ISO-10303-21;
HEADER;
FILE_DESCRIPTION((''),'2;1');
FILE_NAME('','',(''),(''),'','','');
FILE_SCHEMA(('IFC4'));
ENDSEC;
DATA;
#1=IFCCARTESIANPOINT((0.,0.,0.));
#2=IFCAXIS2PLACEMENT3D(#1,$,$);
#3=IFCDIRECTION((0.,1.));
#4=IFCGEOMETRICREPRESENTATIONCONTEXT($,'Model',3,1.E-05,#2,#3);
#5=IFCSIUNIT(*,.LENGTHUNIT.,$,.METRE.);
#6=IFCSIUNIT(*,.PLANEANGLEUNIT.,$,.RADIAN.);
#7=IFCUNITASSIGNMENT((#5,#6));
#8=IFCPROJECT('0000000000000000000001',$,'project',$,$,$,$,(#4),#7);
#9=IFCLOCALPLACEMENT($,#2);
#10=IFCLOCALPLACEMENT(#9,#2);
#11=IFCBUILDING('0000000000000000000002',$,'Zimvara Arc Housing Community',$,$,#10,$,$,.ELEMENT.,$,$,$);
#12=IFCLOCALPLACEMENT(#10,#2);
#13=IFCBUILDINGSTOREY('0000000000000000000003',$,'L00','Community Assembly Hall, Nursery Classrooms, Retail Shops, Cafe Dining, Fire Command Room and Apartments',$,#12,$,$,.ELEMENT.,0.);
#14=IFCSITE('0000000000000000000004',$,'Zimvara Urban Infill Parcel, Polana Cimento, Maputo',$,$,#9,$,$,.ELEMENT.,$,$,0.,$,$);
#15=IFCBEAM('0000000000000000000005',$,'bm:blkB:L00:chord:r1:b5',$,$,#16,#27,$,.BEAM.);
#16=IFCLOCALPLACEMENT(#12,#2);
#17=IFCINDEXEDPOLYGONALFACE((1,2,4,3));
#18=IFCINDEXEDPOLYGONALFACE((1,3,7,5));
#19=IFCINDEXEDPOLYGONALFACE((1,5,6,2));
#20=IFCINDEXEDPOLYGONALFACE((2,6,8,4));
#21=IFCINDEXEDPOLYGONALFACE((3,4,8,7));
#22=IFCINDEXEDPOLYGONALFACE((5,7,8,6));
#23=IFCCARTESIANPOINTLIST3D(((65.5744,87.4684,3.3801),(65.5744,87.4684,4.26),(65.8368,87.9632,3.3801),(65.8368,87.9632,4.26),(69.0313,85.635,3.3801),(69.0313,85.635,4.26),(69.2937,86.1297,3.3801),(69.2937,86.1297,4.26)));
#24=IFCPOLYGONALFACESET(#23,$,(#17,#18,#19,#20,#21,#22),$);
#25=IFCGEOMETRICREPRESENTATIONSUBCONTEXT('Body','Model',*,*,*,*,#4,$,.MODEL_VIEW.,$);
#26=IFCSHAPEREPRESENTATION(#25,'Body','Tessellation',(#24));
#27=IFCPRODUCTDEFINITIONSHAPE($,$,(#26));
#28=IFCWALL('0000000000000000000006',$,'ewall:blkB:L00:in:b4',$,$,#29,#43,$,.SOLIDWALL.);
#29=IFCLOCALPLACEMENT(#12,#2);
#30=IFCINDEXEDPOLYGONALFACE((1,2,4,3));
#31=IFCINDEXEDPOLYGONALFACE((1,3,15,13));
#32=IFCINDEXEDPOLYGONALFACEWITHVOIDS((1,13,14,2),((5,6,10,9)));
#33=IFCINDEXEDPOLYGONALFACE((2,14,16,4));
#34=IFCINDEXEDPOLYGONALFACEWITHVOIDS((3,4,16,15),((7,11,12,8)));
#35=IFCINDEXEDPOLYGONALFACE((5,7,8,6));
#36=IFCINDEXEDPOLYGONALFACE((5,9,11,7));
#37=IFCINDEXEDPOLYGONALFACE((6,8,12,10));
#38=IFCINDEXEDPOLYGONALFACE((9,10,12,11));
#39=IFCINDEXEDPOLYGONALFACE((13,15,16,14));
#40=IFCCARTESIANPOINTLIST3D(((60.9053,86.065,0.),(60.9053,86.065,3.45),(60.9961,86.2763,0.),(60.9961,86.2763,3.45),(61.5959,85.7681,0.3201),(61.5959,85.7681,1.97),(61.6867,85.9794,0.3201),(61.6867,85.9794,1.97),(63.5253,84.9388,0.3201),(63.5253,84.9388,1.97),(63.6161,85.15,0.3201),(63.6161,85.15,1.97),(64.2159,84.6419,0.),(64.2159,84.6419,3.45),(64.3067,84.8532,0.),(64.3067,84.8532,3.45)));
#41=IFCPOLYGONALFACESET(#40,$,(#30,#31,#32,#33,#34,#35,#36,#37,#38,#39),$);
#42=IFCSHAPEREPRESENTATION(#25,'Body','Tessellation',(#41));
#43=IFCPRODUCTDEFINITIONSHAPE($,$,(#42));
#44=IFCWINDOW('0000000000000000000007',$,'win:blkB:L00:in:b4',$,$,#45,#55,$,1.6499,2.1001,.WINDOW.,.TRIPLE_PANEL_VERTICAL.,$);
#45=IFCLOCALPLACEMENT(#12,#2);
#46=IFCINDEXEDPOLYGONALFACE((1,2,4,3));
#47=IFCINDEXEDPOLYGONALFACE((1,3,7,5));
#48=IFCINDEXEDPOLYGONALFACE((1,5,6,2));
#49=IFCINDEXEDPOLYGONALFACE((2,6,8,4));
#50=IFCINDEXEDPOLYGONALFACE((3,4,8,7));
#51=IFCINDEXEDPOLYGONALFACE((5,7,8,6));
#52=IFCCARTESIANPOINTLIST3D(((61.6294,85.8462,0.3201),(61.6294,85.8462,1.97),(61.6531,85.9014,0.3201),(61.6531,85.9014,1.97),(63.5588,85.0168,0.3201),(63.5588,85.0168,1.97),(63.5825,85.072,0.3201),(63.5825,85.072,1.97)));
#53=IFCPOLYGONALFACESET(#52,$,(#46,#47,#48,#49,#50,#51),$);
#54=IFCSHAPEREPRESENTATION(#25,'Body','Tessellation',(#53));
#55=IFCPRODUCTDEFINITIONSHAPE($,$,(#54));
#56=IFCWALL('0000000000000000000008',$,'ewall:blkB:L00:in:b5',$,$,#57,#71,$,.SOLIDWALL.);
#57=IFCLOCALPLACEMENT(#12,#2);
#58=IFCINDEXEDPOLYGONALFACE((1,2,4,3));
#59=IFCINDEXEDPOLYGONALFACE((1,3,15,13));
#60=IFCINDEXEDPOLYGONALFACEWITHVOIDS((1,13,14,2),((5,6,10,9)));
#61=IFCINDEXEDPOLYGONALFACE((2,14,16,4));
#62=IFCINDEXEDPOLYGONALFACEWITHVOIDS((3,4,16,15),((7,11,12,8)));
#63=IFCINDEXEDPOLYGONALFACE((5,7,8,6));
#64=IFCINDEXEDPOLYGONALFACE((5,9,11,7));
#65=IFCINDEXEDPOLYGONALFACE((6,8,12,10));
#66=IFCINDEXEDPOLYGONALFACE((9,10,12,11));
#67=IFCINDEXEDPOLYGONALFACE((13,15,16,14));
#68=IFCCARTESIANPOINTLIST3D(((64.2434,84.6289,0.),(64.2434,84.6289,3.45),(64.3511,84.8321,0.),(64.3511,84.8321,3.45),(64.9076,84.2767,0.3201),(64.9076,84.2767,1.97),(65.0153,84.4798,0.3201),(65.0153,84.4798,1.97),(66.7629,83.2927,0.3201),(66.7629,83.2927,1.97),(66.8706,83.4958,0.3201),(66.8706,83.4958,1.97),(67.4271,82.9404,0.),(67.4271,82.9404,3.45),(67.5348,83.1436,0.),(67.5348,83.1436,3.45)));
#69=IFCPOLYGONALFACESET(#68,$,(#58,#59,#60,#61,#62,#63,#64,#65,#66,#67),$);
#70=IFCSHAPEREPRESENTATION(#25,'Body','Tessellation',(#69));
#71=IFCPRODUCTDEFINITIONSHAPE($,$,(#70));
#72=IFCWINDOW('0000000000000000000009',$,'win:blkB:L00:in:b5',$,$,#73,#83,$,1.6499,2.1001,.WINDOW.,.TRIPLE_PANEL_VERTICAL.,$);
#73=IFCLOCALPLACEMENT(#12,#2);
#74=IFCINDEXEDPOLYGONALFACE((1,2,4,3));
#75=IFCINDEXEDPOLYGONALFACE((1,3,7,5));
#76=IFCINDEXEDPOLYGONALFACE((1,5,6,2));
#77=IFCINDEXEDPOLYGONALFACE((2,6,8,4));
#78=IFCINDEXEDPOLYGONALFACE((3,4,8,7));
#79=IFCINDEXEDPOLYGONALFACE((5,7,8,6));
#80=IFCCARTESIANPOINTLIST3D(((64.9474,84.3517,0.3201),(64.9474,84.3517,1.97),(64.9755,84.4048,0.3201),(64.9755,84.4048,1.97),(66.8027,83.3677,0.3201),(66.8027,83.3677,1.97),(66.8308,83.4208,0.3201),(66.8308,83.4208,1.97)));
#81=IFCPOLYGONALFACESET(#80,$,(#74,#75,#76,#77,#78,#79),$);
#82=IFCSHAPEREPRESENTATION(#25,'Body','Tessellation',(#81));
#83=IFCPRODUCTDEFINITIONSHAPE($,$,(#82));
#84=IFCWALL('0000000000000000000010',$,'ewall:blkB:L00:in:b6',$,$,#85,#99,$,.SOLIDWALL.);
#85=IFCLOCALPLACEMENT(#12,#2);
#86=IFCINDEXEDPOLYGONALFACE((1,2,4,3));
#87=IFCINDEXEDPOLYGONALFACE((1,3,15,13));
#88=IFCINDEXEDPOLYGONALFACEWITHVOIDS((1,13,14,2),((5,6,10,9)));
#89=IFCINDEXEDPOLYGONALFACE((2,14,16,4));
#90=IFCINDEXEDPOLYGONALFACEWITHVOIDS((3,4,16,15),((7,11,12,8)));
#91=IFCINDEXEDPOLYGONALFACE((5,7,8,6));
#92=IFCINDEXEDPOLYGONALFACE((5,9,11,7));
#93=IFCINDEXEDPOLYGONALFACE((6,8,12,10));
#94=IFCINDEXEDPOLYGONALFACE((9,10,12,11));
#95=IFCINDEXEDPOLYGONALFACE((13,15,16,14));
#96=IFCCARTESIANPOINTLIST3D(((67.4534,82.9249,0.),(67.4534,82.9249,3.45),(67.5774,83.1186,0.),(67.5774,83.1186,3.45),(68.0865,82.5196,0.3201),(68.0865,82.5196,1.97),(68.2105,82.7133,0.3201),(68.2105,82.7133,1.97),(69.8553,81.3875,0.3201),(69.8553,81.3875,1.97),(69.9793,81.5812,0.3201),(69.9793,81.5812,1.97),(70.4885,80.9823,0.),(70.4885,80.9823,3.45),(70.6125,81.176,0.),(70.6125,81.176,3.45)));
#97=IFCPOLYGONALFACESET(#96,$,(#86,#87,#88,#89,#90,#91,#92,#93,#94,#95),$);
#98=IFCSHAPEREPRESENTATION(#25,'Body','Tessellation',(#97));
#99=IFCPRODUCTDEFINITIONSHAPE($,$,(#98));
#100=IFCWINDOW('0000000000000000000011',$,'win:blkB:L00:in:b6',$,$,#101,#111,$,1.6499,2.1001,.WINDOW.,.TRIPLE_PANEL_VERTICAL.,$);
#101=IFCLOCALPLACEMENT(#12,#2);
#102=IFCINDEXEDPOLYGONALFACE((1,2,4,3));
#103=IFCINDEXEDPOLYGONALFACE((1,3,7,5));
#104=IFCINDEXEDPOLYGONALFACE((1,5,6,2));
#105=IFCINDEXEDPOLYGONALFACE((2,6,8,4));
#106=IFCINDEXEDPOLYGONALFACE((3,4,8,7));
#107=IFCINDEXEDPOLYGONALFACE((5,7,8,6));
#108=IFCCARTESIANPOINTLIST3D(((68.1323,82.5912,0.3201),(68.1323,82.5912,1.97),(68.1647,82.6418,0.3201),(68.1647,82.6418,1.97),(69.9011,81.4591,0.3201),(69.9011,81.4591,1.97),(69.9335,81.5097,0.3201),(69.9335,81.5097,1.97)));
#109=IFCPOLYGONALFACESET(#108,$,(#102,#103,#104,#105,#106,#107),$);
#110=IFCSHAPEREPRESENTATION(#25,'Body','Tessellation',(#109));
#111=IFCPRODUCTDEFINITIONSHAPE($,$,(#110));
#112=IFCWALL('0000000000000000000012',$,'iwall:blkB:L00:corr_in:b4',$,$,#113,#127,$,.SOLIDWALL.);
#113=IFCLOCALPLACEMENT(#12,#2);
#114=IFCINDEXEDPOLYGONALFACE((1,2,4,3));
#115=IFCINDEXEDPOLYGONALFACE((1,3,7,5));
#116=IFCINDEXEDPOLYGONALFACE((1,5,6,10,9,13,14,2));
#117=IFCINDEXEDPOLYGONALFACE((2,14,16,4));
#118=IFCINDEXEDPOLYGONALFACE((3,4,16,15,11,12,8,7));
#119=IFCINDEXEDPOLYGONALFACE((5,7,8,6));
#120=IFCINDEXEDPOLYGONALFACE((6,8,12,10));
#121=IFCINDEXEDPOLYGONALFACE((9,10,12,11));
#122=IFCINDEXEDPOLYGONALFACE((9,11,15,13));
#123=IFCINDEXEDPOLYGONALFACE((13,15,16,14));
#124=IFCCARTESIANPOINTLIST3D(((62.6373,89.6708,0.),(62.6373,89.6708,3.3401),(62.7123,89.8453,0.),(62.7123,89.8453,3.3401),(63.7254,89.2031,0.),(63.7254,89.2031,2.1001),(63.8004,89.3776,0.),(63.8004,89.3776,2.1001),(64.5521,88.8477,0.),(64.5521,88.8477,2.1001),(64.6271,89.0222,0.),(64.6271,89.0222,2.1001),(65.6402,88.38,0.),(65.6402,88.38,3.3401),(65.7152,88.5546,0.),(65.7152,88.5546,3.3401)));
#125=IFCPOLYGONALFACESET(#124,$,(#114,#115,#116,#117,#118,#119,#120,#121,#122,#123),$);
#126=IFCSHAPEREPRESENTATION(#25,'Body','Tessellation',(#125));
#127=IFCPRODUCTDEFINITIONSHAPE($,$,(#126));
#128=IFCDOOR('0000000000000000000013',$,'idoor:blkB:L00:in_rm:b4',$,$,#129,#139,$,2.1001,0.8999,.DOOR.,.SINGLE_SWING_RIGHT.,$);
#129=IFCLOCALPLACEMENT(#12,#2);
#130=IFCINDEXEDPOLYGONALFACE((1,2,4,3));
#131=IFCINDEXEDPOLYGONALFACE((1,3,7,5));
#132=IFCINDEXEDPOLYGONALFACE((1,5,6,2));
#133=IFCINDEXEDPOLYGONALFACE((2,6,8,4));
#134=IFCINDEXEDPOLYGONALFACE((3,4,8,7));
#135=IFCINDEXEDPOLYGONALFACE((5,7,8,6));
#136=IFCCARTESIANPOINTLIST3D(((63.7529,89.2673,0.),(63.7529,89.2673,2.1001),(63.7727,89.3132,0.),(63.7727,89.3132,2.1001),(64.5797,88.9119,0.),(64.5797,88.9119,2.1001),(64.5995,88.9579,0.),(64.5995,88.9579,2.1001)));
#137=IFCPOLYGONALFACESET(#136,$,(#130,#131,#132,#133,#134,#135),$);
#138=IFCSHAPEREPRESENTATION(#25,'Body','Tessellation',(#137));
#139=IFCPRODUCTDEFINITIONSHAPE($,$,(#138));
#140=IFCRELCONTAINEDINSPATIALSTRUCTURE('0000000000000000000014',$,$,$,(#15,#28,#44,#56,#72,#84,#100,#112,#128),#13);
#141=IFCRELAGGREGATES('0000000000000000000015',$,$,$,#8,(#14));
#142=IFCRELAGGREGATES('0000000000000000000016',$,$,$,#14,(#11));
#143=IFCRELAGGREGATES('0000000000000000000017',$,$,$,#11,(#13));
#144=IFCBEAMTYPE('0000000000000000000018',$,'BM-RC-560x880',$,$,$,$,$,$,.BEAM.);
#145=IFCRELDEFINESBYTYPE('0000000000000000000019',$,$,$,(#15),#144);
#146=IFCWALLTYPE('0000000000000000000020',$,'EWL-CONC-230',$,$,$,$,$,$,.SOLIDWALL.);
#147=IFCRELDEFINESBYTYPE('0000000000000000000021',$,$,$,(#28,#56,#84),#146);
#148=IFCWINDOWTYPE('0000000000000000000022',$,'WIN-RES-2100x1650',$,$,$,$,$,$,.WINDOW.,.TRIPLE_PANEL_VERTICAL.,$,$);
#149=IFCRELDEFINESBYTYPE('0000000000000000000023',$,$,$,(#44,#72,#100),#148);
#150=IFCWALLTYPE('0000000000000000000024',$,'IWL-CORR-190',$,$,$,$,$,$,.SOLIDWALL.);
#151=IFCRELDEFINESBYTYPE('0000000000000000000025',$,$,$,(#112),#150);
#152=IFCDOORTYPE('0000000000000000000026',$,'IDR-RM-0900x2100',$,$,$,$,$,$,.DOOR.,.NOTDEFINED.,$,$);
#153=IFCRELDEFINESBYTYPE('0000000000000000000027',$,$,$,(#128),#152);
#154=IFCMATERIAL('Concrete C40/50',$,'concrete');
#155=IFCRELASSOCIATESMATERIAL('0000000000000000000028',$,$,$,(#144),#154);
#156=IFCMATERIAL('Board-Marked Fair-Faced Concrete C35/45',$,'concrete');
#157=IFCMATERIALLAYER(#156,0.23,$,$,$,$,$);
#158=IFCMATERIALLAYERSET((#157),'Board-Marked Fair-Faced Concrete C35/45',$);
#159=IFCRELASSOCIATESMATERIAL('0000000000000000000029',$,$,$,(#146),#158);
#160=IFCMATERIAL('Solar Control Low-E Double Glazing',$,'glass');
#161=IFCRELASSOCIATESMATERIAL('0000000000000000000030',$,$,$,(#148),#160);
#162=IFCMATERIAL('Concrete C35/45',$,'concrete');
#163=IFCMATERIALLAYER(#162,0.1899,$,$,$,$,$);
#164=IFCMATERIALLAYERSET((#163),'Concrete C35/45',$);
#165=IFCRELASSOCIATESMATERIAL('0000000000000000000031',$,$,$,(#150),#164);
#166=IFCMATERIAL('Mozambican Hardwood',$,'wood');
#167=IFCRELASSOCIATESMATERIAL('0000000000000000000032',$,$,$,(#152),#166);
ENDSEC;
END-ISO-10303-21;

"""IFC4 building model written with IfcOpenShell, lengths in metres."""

from ifc_helpers import new_model, si_unit, direction, frame, frame_2d, origin, origin_2d, place, context, subcontext, project, spatial, rectangle, extrude, material, layer, layer_set, material_profile, profile_set, type_object, element, fill, save


model = new_model("IFC4")

# Units and contexts
model_context = context("Model", 3, precision=1e-05, world=origin(), true_north=direction((0.0, 1.0)))
body_context = subcontext(model_context, "Body", "Model", "MODEL_VIEW")
ifc_project = project(units=[si_unit("LENGTHUNIT", "METRE"), si_unit("PLANEANGLEUNIT", "RADIAN")], contexts=[model_context])

# Site, building, storey
site_placement = place(None, origin())
site = spatial("IfcSite", under=ifc_project, at=site_placement, Name="Zimvara Urban Infill Parcel, Polana Cimento, Maputo", CompositionType="ELEMENT", RefElevation=0.0)
building_placement = place(site_placement, origin())
building = spatial("IfcBuilding", under=site, at=building_placement, Name="Zimvara Arc Housing Community", CompositionType="ELEMENT")
storey_placement = place(building_placement, origin())
storey = spatial("IfcBuildingStorey", under=building, at=storey_placement, Name="L00", Description="Community Assembly Hall, Nursery Classrooms, Retail Shops, Cafe Dining, Fire Command Room and Apartments", CompositionType="ELEMENT", Elevation=0.0)

# Beam
ifc_material_1 = material(Name="Concrete C40/50", Category="concrete")
ifc_material_profile_1 = material_profile(ifc_material_1, rectangle(XDim=0.5601, YDim=0.8799, at=origin_2d()), Name="RC 560x880")
ifc_profile_set_1 = profile_set([ifc_material_profile_1], Name="Concrete C40/50")
beam_type_1 = type_object("IfcBeamType", Name="BM-RC-560x880", PredefinedType="BEAM", material=ifc_profile_set_1)
for number, where, z_axis, x_axis, name in (
    (1, (65.7056, 87.7158, 3.8201), (0.883439, -0.468547, 0.0), (0.468547, 0.883439, 0.0), "bm:blkB:L00:chord:r1:b5"),
):
    element("IfcBeam", number, at=place(storey_placement, frame(where, z_axis=z_axis, x_axis=x_axis)), inside=storey, type_object=beam_type_1, Name=name, PredefinedType="BEAM", context=body_context, shape_type="SweptSolid", body=[
        extrude(rectangle(XDim=0.5601, YDim=0.8799, at=origin_2d()), origin(), (0.0, 0.0, 1.0), 3.9131),
    ])

# Walls, openings, windows
ifc_material_2 = material(Name="Board-Marked Fair-Faced Concrete C35/45", Category="concrete")
ifc_layer_1 = layer(ifc_material_2, 0.23)
ifc_layer_set_1 = layer_set([ifc_layer_1], Name="Board-Marked Fair-Faced Concrete C35/45")
wall_type_1 = type_object("IfcWallType", Name="EWL-CONC-230", PredefinedType="SOLIDWALL", material=ifc_layer_set_1)
wall_1_placement = place(storey_placement, frame((60.9507, 86.1707, 0.0), z_axis=(0.0, 0.0, 1.0), x_axis=(0.918713, -0.394925, 0.0)))
wall_1 = element("IfcWall", 2, at=wall_1_placement, inside=storey, type_object=wall_type_1, Name="ewall:blkB:L00:in:b4", PredefinedType="SOLIDWALL", context=body_context, shape_type="SweptSolid", body=[
    extrude(rectangle(XDim=3.6035, YDim=0.23, at=frame_2d((1.8018, 0.0))), origin(), (0.0, 0.0, 1.0), 3.45),
])
opening_1_placement = place(wall_1_placement, frame((0.7517, 0.0, 0.3201)))
opening_1 = element("IfcOpeningElement", 3, at=opening_1_placement, cuts=wall_1, PredefinedType="OPENING", context=body_context, shape_type="SweptSolid", body=[
    extrude(rectangle(XDim=2.1001, YDim=1.6499, at=frame_2d((1.05, 0.825))), frame((0.0, 0.125, 0.0), z_axis=(0.0, -1.0, 0.0), x_axis=(1.0, 0.0, 0.0)), (0.0, 0.0, 1.0), 0.25),
])
ifc_material_3 = material(Name="Solar Control Low-E Double Glazing", Category="glass")
window_type = type_object("IfcWindowType", Name="WIN-RES-2100x1650", PartitioningType="TRIPLE_PANEL_VERTICAL", PredefinedType="WINDOW", material=ifc_material_3)
window_1_placement = place(opening_1_placement, origin())
window_1 = element("IfcWindow", 4, at=window_1_placement, inside=storey, type_object=window_type, Name="win:blkB:L00:in:b4", OverallHeight=1.6499, OverallWidth=2.1001, PartitioningType="TRIPLE_PANEL_VERTICAL", PredefinedType="WINDOW", context=body_context, shape_type="SweptSolid", body=[
    extrude(rectangle(XDim=2.1001, YDim=1.6499, at=frame_2d((1.05, 0.825))), frame((0.0, 0.03, 0.0), z_axis=(0.0, -1.0, 0.0), x_axis=(1.0, 0.0, 0.0)), (0.0, 0.0, 1.0), 0.0601),
])
fill(opening_1, window_1)
wall_2_placement = place(storey_placement, frame((64.2974, 84.7305, 0.0), z_axis=(0.0, 0.0, 1.0), x_axis=(0.883438, -0.468547, 0.0)))
wall_2 = element("IfcWall", 5, at=wall_2_placement, inside=storey, type_object=wall_type_1, Name="ewall:blkB:L00:in:b5", PredefinedType="SOLIDWALL", context=body_context, shape_type="SweptSolid", body=[
    extrude(rectangle(XDim=3.6038, YDim=0.23, at=frame_2d((1.8018, 0.0))), origin(), (0.0, 0.0, 1.0), 3.45),
])
opening_2_placement = place(wall_2_placement, frame((0.7517, 0.0, 0.3201)))
opening_2 = element("IfcOpeningElement", 6, at=opening_2_placement, cuts=wall_2, PredefinedType="OPENING", context=body_context, shape_type="SweptSolid", body=[
    extrude(rectangle(XDim=2.1001, YDim=1.6499, at=frame_2d((1.05, 0.825))), frame((0.0, 0.125, 0.0), z_axis=(0.0, -1.0, 0.0), x_axis=(1.0, 0.0, 0.0)), (0.0, 0.0, 1.0), 0.25),
])
window_2_placement = place(opening_2_placement, origin())
window_2 = element("IfcWindow", 7, at=window_2_placement, inside=storey, type_object=window_type, Name="win:blkB:L00:in:b5", OverallHeight=1.6499, OverallWidth=2.1001, PartitioningType="TRIPLE_PANEL_VERTICAL", PredefinedType="WINDOW", context=body_context, shape_type="SweptSolid", body=[
    extrude(rectangle(XDim=2.1001, YDim=1.6499, at=frame_2d((1.05, 0.825))), frame((0.0, 0.03, 0.0), z_axis=(0.0, -1.0, 0.0), x_axis=(1.0, 0.0, 0.0)), (0.0, 0.0, 1.0), 0.0601),
])
fill(opening_2, window_2)
wall_3_placement = place(storey_placement, frame((67.5154, 83.0217, 0.0), z_axis=(0.0, 0.0, 1.0), x_axis=(0.842255, -0.539079, 0.0)))
wall_3 = element("IfcWall", 8, at=wall_3_placement, inside=storey, type_object=wall_type_1, Name="ewall:blkB:L00:in:b6", PredefinedType="SOLIDWALL", context=body_context, shape_type="SweptSolid", body=[
    extrude(rectangle(XDim=3.6035, YDim=0.23, at=frame_2d((1.8018, 0.0))), origin(), (0.0, 0.0, 1.0), 3.45),
])
opening_3_placement = place(wall_3_placement, frame((0.7517, 0.0, 0.3201)))
opening_3 = element("IfcOpeningElement", 9, at=opening_3_placement, cuts=wall_3, PredefinedType="OPENING", context=body_context, shape_type="SweptSolid", body=[
    extrude(rectangle(XDim=2.1001, YDim=1.6499, at=frame_2d((1.05, 0.825))), frame((0.0, 0.125, 0.0), z_axis=(0.0, -1.0, 0.0), x_axis=(1.0, 0.0, 0.0)), (0.0, 0.0, 1.0), 0.25),
])
window_3_placement = place(opening_3_placement, origin())
window_3 = element("IfcWindow", 10, at=window_3_placement, inside=storey, type_object=window_type, Name="win:blkB:L00:in:b6", OverallHeight=1.6499, OverallWidth=2.1001, PartitioningType="TRIPLE_PANEL_VERTICAL", PredefinedType="WINDOW", context=body_context, shape_type="SweptSolid", body=[
    extrude(rectangle(XDim=2.1001, YDim=1.6499, at=frame_2d((1.05, 0.825))), frame((0.0, 0.03, 0.0), z_axis=(0.0, -1.0, 0.0), x_axis=(1.0, 0.0, 0.0)), (0.0, 0.0, 1.0), 0.0601),
])
fill(opening_3, window_3)

# Wall, opening, door
ifc_material_4 = material(Name="Concrete C35/45", Category="concrete")
ifc_layer_2 = layer(ifc_material_4, 0.1899)
ifc_layer_set_2 = layer_set([ifc_layer_2], Name="Concrete C35/45")
wall_type_2 = type_object("IfcWallType", Name="IWL-CORR-190", PredefinedType="SOLIDWALL", material=ifc_layer_set_2)
wall_4_placement = place(storey_placement, frame((62.6748, 89.7581, 0.0), z_axis=(0.0, 0.0, 1.0), x_axis=(0.918723, -0.394902, 0.0)))
wall_4 = element("IfcWall", 11, at=wall_4_placement, inside=storey, type_object=wall_type_2, Name="iwall:blkB:L00:corr_in:b4", PredefinedType="SOLIDWALL", context=body_context, shape_type="SweptSolid", body=[
    extrude(rectangle(XDim=3.2686, YDim=0.1899, at=frame_2d((1.6343, 0.0))), origin(), (0.0, 0.0, 1.0), 3.3401),
])
opening_4_placement = place(wall_4_placement, frame((1.1843, 0.0, 0.0)))
opening_4 = element("IfcOpeningElement", 12, at=opening_4_placement, cuts=wall_4, PredefinedType="OPENING", context=body_context, shape_type="SweptSolid", body=[
    extrude(rectangle(XDim=0.8999, YDim=2.1001, at=frame_2d((0.45, 1.05))), frame((0.0, 0.105, 0.0), z_axis=(0.0, -1.0, 0.0), x_axis=(1.0, 0.0, 0.0)), (0.0, 0.0, 1.0), 0.21),
])
ifc_material_5 = material(Name="Mozambican Hardwood", Category="wood")
door_type_1 = type_object("IfcDoorType", Name="IDR-RM-0900x2100", OperationType="NOTDEFINED", PredefinedType="DOOR", material=ifc_material_5)
door_1_placement = place(opening_4_placement, origin())
door_1 = element("IfcDoor", 13, at=door_1_placement, inside=storey, type_object=door_type_1, Name="idoor:blkB:L00:in_rm:b4", OperationType="SINGLE_SWING_RIGHT", OverallHeight=2.1001, OverallWidth=0.8999, PredefinedType="DOOR", context=body_context, shape_type="SweptSolid", body=[
    extrude(rectangle(XDim=0.8999, YDim=2.1001, at=frame_2d((0.45, 1.05))), frame((0.0, 0.0249, 0.0), z_axis=(0.0, -1.0, 0.0), x_axis=(1.0, 0.0, 0.0)), (0.0, 0.0, 1.0), 0.05),
])
fill(opening_4, door_1)

save(model, "model.ifc")
